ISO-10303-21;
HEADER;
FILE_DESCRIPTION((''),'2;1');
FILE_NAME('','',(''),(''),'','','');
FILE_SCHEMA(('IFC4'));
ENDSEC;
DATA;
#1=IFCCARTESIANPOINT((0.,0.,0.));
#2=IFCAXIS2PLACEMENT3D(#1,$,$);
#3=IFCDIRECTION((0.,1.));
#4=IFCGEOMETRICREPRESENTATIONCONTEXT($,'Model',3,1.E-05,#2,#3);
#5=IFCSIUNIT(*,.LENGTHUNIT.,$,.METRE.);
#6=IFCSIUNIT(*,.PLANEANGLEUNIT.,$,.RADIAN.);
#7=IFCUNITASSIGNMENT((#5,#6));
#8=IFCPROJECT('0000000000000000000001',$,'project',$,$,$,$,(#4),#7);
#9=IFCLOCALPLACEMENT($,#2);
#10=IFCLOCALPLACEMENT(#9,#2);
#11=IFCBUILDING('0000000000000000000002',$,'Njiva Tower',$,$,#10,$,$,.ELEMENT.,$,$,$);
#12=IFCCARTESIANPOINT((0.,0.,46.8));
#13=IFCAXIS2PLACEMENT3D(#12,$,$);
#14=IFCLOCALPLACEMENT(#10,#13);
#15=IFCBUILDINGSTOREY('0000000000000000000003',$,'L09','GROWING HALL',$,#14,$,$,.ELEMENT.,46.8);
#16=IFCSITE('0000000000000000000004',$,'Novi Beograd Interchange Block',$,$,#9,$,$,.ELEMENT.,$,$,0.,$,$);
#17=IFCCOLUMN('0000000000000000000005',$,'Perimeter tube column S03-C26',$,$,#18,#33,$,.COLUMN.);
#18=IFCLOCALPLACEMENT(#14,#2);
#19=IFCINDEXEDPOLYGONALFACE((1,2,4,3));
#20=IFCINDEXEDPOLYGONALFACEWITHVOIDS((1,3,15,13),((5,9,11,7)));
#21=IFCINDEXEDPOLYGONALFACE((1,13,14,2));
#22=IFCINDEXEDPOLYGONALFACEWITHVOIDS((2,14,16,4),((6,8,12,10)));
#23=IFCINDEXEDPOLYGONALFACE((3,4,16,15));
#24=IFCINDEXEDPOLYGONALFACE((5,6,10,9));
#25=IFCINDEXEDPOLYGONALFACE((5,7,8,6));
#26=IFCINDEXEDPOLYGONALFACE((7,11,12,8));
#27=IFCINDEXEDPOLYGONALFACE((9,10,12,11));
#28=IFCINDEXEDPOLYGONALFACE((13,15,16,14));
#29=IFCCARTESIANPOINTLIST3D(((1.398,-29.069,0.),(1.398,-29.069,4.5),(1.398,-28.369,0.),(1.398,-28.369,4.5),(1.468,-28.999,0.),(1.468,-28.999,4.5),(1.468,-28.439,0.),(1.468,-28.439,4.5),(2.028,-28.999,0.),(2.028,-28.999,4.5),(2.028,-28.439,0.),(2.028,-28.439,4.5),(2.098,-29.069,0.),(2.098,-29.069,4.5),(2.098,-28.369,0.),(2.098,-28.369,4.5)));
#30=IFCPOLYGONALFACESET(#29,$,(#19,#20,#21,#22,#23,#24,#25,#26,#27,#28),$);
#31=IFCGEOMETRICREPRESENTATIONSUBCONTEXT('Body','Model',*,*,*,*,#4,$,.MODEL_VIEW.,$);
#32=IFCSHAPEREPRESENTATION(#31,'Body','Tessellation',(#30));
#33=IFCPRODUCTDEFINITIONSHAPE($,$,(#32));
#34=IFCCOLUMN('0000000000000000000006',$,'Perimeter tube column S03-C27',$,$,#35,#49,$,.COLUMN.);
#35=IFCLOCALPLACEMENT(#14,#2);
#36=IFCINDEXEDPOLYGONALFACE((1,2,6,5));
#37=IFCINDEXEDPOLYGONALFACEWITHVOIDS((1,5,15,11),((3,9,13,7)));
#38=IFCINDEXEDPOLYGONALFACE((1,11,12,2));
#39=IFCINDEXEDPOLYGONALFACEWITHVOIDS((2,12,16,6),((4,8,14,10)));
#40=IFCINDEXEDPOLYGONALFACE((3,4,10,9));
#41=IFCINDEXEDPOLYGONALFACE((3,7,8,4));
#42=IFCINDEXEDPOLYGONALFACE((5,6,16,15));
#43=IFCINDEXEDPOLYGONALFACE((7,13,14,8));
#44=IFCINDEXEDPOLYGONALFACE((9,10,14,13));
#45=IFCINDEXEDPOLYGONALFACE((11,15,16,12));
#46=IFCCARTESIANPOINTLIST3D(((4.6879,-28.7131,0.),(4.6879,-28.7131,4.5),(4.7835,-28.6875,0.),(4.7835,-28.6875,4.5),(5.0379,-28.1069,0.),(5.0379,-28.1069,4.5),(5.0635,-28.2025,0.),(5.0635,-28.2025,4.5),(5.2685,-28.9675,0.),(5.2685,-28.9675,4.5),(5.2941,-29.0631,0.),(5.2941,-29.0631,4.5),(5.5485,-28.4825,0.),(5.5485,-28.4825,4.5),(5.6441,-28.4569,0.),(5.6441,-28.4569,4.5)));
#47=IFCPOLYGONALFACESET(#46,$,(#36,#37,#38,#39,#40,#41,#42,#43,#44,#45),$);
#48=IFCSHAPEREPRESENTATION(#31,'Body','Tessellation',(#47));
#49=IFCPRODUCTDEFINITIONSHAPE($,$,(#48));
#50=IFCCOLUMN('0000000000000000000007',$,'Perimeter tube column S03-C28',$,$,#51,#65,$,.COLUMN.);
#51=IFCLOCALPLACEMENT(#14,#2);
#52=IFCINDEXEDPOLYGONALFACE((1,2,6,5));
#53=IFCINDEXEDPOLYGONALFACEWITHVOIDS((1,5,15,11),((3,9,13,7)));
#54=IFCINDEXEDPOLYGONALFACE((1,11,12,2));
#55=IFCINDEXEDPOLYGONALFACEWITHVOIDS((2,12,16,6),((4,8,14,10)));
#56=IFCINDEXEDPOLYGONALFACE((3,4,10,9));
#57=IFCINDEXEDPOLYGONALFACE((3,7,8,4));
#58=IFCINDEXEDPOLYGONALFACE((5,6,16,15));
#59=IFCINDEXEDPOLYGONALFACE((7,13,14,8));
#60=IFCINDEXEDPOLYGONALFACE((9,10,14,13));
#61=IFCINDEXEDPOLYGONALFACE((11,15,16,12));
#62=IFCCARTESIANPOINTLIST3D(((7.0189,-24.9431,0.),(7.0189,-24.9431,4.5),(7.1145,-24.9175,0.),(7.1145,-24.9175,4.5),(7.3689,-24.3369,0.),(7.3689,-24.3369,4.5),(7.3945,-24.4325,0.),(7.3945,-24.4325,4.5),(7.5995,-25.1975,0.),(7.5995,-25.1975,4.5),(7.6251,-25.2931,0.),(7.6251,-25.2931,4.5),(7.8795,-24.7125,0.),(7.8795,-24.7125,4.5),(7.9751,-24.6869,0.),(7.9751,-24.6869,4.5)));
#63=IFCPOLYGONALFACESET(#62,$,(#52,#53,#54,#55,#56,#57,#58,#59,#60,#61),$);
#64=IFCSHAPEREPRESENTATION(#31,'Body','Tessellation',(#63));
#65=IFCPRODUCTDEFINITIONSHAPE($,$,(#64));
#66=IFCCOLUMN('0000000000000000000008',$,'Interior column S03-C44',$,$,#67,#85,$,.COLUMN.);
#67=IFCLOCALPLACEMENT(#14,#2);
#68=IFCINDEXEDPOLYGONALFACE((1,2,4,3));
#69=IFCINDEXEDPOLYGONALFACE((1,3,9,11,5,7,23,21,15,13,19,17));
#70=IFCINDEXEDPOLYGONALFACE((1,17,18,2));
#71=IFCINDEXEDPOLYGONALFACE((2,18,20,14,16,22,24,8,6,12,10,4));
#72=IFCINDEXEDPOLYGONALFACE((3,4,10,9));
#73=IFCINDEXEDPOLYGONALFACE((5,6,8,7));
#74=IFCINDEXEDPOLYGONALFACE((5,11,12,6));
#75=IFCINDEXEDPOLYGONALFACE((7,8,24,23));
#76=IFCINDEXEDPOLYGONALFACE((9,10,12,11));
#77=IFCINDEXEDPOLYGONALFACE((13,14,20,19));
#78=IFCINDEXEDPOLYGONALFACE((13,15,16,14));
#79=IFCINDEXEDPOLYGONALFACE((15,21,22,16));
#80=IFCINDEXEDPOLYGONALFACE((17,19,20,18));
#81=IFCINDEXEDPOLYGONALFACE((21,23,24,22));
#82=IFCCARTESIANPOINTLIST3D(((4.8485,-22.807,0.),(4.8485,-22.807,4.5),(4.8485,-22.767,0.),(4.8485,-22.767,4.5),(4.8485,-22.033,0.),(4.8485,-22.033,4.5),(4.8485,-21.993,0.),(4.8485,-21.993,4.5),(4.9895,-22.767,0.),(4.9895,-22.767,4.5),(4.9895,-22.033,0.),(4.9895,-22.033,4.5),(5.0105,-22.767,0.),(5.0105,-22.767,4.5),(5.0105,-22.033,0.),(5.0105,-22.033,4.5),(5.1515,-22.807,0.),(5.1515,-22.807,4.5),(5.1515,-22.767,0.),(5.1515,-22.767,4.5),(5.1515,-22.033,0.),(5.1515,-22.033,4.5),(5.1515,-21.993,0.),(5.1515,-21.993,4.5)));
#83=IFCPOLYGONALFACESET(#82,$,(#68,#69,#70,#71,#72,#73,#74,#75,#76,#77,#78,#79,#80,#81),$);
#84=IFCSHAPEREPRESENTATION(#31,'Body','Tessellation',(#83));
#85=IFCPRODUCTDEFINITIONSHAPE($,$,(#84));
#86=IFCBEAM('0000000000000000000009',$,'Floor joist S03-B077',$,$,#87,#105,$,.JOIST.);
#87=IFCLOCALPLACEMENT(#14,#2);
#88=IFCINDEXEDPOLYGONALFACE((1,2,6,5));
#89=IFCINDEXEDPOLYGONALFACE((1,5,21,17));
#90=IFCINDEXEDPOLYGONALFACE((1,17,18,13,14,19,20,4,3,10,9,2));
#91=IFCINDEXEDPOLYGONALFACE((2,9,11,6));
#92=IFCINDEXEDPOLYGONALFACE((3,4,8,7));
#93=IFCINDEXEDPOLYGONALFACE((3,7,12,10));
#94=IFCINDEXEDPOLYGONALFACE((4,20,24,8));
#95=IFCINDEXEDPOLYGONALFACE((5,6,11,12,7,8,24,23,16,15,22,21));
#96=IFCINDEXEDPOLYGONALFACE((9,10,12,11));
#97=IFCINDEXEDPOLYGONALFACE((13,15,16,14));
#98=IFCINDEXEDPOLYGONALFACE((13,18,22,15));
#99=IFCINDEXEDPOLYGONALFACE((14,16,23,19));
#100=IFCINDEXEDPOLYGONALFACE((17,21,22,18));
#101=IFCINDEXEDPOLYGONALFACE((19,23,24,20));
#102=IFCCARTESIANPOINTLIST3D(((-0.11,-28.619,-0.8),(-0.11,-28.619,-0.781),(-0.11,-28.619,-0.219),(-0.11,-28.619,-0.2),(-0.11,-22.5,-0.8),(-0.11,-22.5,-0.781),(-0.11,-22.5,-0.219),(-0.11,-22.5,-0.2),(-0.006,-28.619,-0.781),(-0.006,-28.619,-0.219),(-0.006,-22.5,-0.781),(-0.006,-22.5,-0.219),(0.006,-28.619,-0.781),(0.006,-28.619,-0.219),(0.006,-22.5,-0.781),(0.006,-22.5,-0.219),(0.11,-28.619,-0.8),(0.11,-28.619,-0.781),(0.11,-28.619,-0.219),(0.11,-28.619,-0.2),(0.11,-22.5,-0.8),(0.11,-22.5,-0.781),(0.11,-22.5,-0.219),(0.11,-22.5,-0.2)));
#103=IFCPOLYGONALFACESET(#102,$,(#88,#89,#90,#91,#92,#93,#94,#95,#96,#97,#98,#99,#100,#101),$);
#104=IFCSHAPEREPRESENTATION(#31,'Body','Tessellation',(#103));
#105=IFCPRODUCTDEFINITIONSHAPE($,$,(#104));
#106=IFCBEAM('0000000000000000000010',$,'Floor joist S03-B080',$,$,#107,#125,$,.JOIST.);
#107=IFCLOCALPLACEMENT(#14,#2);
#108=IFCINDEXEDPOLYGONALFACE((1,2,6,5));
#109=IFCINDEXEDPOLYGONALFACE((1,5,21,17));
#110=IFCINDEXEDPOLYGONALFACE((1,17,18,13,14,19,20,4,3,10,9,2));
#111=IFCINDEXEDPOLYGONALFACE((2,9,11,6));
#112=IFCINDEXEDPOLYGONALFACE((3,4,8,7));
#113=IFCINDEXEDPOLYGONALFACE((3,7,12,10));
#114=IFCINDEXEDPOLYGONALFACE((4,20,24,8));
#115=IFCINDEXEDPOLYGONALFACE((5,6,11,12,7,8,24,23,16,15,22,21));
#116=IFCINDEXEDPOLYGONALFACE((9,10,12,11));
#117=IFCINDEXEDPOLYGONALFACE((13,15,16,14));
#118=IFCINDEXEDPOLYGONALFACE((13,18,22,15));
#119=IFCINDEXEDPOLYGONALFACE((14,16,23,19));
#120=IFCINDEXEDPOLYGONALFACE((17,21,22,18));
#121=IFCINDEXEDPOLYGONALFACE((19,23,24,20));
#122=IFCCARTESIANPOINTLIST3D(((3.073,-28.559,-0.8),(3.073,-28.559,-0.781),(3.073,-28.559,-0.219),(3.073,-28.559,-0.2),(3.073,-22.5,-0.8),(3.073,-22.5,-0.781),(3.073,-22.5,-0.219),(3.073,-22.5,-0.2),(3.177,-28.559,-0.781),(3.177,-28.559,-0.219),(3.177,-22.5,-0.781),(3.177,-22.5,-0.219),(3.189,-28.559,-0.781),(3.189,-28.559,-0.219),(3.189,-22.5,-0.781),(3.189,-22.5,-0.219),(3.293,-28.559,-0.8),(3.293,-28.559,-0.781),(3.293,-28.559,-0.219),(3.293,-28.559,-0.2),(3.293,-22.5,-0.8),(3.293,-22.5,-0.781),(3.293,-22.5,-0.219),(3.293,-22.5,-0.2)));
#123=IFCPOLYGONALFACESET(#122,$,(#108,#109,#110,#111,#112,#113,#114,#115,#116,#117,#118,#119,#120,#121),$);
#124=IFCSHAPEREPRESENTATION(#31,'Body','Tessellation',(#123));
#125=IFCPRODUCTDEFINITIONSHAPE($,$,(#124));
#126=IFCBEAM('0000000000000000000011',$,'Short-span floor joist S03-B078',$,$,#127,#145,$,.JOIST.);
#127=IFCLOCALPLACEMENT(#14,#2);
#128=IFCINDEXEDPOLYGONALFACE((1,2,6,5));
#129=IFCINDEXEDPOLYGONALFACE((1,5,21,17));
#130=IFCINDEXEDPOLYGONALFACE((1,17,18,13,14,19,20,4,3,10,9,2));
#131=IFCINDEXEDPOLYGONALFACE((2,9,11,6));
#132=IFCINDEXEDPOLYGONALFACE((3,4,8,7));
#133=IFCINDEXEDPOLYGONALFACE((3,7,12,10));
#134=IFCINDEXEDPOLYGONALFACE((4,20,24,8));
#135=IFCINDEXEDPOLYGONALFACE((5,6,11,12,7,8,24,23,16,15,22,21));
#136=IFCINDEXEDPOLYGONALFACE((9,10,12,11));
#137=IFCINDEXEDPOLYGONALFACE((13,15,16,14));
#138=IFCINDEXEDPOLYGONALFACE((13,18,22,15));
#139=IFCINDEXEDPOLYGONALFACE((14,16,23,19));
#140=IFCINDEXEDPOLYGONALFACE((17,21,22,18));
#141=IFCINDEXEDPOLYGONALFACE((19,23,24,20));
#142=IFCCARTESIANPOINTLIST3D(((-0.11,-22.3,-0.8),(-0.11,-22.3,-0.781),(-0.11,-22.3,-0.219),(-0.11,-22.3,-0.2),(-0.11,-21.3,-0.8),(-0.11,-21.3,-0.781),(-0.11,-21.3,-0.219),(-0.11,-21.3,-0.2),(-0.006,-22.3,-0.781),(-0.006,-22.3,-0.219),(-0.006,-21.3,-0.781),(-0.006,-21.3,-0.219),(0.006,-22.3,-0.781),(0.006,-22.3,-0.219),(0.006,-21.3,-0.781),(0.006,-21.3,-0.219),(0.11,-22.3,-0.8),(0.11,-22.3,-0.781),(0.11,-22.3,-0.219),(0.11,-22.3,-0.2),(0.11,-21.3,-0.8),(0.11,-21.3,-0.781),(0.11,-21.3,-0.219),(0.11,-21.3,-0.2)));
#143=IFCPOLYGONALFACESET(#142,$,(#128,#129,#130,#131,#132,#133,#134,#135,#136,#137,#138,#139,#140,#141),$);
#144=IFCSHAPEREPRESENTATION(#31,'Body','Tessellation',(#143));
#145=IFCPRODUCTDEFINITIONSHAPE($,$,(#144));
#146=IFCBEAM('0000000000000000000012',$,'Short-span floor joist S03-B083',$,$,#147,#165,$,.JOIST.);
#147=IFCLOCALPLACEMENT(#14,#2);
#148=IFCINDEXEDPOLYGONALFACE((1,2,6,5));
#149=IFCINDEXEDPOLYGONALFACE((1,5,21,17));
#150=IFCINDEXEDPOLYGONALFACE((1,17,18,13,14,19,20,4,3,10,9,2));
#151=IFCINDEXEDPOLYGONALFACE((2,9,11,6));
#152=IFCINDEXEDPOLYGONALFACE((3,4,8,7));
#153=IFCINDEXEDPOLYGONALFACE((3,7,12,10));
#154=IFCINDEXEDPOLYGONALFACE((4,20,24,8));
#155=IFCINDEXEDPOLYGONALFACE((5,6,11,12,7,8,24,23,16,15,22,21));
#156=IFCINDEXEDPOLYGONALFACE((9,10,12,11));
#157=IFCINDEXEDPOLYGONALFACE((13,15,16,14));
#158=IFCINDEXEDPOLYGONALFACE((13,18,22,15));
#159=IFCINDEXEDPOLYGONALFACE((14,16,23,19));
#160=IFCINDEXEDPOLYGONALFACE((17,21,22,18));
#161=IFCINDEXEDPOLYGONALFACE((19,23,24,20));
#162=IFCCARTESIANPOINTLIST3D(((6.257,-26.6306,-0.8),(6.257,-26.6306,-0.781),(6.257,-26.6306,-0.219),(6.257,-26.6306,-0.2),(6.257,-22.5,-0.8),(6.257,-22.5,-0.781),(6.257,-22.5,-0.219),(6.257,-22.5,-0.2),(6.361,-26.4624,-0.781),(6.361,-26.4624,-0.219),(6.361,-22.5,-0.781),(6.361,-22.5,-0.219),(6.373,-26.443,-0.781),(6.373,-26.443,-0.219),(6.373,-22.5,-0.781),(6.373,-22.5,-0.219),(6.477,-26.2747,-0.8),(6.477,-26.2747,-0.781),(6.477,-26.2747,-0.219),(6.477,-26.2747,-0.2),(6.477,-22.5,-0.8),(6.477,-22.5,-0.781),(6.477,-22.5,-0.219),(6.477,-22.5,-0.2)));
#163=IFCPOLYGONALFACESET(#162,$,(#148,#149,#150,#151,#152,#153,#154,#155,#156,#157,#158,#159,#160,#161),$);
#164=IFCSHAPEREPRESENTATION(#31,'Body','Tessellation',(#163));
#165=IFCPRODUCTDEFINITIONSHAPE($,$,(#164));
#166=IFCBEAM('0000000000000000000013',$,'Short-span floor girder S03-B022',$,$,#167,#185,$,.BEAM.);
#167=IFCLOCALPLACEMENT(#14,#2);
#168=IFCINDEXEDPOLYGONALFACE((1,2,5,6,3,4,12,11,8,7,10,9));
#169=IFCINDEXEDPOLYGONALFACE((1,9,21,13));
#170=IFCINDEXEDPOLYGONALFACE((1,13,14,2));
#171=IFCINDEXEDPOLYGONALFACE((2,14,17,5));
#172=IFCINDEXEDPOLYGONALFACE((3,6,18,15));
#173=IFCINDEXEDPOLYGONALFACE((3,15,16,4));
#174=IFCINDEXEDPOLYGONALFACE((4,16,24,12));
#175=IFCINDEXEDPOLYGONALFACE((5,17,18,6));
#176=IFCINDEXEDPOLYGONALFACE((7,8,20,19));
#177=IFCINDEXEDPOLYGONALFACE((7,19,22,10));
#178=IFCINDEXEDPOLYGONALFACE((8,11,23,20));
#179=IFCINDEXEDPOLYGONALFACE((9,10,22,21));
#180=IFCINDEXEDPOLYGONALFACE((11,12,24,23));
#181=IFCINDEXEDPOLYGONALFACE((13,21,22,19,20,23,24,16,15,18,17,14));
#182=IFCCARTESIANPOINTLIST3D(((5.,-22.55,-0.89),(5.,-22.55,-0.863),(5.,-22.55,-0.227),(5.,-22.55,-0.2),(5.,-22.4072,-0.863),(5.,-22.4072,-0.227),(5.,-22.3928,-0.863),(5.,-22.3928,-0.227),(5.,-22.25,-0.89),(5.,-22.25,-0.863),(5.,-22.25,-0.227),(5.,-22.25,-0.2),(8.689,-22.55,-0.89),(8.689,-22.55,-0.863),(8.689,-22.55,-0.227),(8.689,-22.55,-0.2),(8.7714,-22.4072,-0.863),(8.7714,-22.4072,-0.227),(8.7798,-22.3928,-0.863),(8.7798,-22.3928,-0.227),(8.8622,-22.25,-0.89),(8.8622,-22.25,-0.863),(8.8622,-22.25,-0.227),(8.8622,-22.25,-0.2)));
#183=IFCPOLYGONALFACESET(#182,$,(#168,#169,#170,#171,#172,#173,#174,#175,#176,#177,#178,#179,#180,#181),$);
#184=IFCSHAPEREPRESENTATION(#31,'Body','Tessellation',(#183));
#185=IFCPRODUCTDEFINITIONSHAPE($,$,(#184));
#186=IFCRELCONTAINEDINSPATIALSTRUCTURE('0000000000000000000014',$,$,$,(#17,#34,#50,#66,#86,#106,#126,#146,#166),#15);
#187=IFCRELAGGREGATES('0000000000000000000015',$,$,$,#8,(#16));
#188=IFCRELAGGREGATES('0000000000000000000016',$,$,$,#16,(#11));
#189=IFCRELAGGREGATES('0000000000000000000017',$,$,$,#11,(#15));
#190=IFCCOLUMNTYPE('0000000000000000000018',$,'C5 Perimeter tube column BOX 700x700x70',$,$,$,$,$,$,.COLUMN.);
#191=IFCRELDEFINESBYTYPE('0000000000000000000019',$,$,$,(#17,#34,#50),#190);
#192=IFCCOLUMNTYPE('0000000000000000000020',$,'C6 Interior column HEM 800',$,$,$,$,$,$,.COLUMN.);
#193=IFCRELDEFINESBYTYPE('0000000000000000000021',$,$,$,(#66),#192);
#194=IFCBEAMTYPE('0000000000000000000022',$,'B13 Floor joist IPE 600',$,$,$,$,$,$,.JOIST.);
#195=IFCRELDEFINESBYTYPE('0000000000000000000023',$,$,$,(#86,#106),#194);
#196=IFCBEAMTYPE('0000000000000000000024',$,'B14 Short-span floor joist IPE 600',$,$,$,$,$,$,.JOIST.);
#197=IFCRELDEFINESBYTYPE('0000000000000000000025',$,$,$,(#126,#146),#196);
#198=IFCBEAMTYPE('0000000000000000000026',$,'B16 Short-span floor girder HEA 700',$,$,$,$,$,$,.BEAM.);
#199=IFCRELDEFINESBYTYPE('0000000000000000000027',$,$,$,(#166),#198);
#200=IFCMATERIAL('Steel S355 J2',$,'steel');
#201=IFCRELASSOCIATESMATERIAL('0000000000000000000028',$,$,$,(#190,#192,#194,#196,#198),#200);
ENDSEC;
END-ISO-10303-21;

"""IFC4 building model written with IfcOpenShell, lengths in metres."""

from ifc_helpers import new_model, si_unit, direction, frame, origin, origin_2d, place, context, subcontext, project, spatial, hollow_rectangle, i_section, extrude, clip, halfspace, material, material_profile, profile_set, type_object, element, save


model = new_model("IFC4")

# Units and contexts
model_context = context("Model", 3, precision=1e-05, world=origin(), true_north=direction((0.0, 1.0)))
body_context = subcontext(model_context, "Body", "Model", "MODEL_VIEW")
ifc_project = project(units=[si_unit("LENGTHUNIT", "METRE"), si_unit("PLANEANGLEUNIT", "RADIAN")], contexts=[model_context])

# Site, building, storey
site_placement = place(None, origin())
site = spatial("IfcSite", under=ifc_project, at=site_placement, Name="Novi Beograd Interchange Block", CompositionType="ELEMENT", RefElevation=0.0)
building_placement = place(site_placement, origin())
building = spatial("IfcBuilding", under=site, at=building_placement, Name="Njiva Tower", CompositionType="ELEMENT")
storey_placement = place(building_placement, frame((0.0, 0.0, 46.8)))
storey = spatial("IfcBuildingStorey", under=building, at=storey_placement, Name="L09", Description="GROWING HALL", CompositionType="ELEMENT", Elevation=46.8)

# Columns
ifc_material_1 = material(Name="Steel S355 J2", Category="steel")
ifc_material_profile_1 = material_profile(ifc_material_1, hollow_rectangle(XDim=0.7, YDim=0.7, WallThickness=0.07, at=origin_2d()), Name="BOX 700x700x70")
ifc_profile_set_1 = profile_set([ifc_material_profile_1], Name="Steel S355 J2")
column_type_1 = type_object("IfcColumnType", Name="C5 Perimeter tube column BOX 700x700x70", PredefinedType="COLUMN", material=ifc_profile_set_1)
for number, where, z_axis, x_axis, name in (
    (1, (1.748, -28.719, 0.0), (0.0, 0.0, 1.0), (1.0, 0.0, 0.0), "Perimeter tube column S03-C26"),
    (2, (5.166, -28.585, 0.0), (0.0, 0.0, 1.0), (0.5, 0.866025, 0.0), "Perimeter tube column S03-C27"),
    (3, (7.497, -24.815, 0.0), (0.0, 0.0, 1.0), (0.5, 0.866025, 0.0), "Perimeter tube column S03-C28"),
):
    element("IfcColumn", number, at=place(storey_placement, frame(where, z_axis=z_axis, x_axis=x_axis)), inside=storey, type_object=column_type_1, Name=name, PredefinedType="COLUMN", context=body_context, shape_type="SweptSolid", body=[
        extrude(hollow_rectangle(XDim=0.7, YDim=0.7, WallThickness=0.07, at=origin_2d()), origin(), (0.0, 0.0, 1.0), 4.5),
    ])
ifc_material_profile_2 = material_profile(ifc_material_1, i_section(OverallWidth=0.303, OverallDepth=0.814, WebThickness=0.021, FlangeThickness=0.04, at=origin_2d()), Name="HEM 800")
ifc_profile_set_2 = profile_set([ifc_material_profile_2], Name="Steel S355 J2")
column_type_2 = type_object("IfcColumnType", Name="C6 Interior column HEM 800", PredefinedType="COLUMN", material=ifc_profile_set_2)
column_placement = place(storey_placement, frame((5.0, -22.4, 0.0), z_axis=(0.0, 0.0, 1.0), x_axis=(1.0, 0.0, 0.0)))
element("IfcColumn", 4, at=column_placement, inside=storey, type_object=column_type_2, Name="Interior column S03-C44", PredefinedType="COLUMN", context=body_context, shape_type="SweptSolid", body=[
    extrude(i_section(OverallWidth=0.303, OverallDepth=0.814, WebThickness=0.021, FlangeThickness=0.04, at=origin_2d()), origin(), (0.0, 0.0, 1.0), 4.5),
])

# Beams
ifc_material_profile_3 = material_profile(ifc_material_1, i_section(OverallWidth=0.22, OverallDepth=0.6, WebThickness=0.012, FlangeThickness=0.019, at=origin_2d()), Name="IPE 600")
ifc_profile_set_3 = profile_set([ifc_material_profile_3], Name="Steel S355 J2")
beam_type_1 = type_object("IfcBeamType", Name="B13 Floor joist IPE 600", PredefinedType="JOIST", material=ifc_profile_set_3)
beam_1_placement = place(storey_placement, frame((0.0, -22.5, -0.5), z_axis=(0.0, -1.0, 0.0), x_axis=(1.0, 0.0, 0.0)))
element("IfcBeam", 5, at=beam_1_placement, inside=storey, type_object=beam_type_1, Name="Floor joist S03-B077", PredefinedType="JOIST", context=body_context, shape_type="SweptSolid", body=[
    extrude(i_section(OverallWidth=0.22, OverallDepth=0.6, WebThickness=0.012, FlangeThickness=0.019, at=origin_2d()), origin(), (0.0, 0.0, 1.0), 6.119),
])
beam_2_placement = place(storey_placement, frame((3.183, -22.5, -0.5), z_axis=(0.0, -1.0, 0.0), x_axis=(1.0, 0.0, 0.0)))
element("IfcBeam", 6, at=beam_2_placement, inside=storey, type_object=beam_type_1, Name="Floor joist S03-B080", PredefinedType="JOIST", context=body_context, shape_type="SweptSolid", body=[
    extrude(i_section(OverallWidth=0.22, OverallDepth=0.6, WebThickness=0.012, FlangeThickness=0.019, at=origin_2d()), origin(), (0.0, 0.0, 1.0), 6.059),
])
ifc_material_profile_4 = material_profile(ifc_material_1, i_section(OverallWidth=0.22, OverallDepth=0.6, WebThickness=0.012, FlangeThickness=0.019, at=origin_2d()), Name="IPE 600")
ifc_profile_set_4 = profile_set([ifc_material_profile_4], Name="Steel S355 J2")
beam_type_2 = type_object("IfcBeamType", Name="B14 Short-span floor joist IPE 600", PredefinedType="JOIST", material=ifc_profile_set_4)
beam_3_placement = place(storey_placement, frame((0.0, -21.3, -0.5), z_axis=(0.0, -1.0, 0.0), x_axis=(1.0, 0.0, 0.0)))
element("IfcBeam", 7, at=beam_3_placement, inside=storey, type_object=beam_type_2, Name="Short-span floor joist S03-B078", PredefinedType="JOIST", context=body_context, shape_type="SweptSolid", body=[
    extrude(i_section(OverallWidth=0.22, OverallDepth=0.6, WebThickness=0.012, FlangeThickness=0.019, at=origin_2d()), origin(), (0.0, 0.0, 1.0), 1.0),
])
beam_4_placement = place(storey_placement, frame((6.367, -22.5, -0.5), z_axis=(0.0, -1.0, 0.0), x_axis=(1.0, 0.0, 0.0)))
element("IfcBeam", 8, at=beam_4_placement, inside=storey, type_object=beam_type_2, Name="Short-span floor joist S03-B083", PredefinedType="JOIST", context=body_context, shape_type="Clipping", body=[
    clip(extrude(i_section(OverallWidth=0.22, OverallDepth=0.6, WebThickness=0.012, FlangeThickness=0.019, at=origin_2d()), origin(), (0.0, 0.0, 1.0), 4.151), halfspace(frame((0.0422, 0.0, 3.8844), z_axis=(0.85062, 0.0, 0.52578), x_axis=(0.0, 1.0, 0.0)), False)),
])
ifc_material_profile_5 = material_profile(ifc_material_1, i_section(OverallWidth=0.3, OverallDepth=0.69, WebThickness=0.0145, FlangeThickness=0.027, at=origin_2d()), Name="HEA 700")
ifc_profile_set_5 = profile_set([ifc_material_profile_5], Name="Steel S355 J2")
beam_type_3 = type_object("IfcBeamType", Name="B16 Short-span floor girder HEA 700", PredefinedType="BEAM", material=ifc_profile_set_5)
beam_5_placement = place(storey_placement, frame((5.0, -22.4, -0.545), z_axis=(1.0, 0.0, 0.0), x_axis=(0.0, 1.0, 0.0)))
element("IfcBeam", 9, at=beam_5_placement, inside=storey, type_object=beam_type_3, Name="Short-span floor girder S03-B022", PredefinedType="BEAM", context=body_context, shape_type="Clipping", body=[
    clip(extrude(i_section(OverallWidth=0.3, OverallDepth=0.69, WebThickness=0.0145, FlangeThickness=0.027, at=origin_2d()), origin(), (0.0, 0.0, 1.0), 3.883), halfspace(frame((-0.025, 0.0, 3.7612), z_axis=(-0.499998, 0.0, 0.866027), x_axis=(0.0, 1.0, 0.0)), False)),
])

save(model, "model.ifc")
